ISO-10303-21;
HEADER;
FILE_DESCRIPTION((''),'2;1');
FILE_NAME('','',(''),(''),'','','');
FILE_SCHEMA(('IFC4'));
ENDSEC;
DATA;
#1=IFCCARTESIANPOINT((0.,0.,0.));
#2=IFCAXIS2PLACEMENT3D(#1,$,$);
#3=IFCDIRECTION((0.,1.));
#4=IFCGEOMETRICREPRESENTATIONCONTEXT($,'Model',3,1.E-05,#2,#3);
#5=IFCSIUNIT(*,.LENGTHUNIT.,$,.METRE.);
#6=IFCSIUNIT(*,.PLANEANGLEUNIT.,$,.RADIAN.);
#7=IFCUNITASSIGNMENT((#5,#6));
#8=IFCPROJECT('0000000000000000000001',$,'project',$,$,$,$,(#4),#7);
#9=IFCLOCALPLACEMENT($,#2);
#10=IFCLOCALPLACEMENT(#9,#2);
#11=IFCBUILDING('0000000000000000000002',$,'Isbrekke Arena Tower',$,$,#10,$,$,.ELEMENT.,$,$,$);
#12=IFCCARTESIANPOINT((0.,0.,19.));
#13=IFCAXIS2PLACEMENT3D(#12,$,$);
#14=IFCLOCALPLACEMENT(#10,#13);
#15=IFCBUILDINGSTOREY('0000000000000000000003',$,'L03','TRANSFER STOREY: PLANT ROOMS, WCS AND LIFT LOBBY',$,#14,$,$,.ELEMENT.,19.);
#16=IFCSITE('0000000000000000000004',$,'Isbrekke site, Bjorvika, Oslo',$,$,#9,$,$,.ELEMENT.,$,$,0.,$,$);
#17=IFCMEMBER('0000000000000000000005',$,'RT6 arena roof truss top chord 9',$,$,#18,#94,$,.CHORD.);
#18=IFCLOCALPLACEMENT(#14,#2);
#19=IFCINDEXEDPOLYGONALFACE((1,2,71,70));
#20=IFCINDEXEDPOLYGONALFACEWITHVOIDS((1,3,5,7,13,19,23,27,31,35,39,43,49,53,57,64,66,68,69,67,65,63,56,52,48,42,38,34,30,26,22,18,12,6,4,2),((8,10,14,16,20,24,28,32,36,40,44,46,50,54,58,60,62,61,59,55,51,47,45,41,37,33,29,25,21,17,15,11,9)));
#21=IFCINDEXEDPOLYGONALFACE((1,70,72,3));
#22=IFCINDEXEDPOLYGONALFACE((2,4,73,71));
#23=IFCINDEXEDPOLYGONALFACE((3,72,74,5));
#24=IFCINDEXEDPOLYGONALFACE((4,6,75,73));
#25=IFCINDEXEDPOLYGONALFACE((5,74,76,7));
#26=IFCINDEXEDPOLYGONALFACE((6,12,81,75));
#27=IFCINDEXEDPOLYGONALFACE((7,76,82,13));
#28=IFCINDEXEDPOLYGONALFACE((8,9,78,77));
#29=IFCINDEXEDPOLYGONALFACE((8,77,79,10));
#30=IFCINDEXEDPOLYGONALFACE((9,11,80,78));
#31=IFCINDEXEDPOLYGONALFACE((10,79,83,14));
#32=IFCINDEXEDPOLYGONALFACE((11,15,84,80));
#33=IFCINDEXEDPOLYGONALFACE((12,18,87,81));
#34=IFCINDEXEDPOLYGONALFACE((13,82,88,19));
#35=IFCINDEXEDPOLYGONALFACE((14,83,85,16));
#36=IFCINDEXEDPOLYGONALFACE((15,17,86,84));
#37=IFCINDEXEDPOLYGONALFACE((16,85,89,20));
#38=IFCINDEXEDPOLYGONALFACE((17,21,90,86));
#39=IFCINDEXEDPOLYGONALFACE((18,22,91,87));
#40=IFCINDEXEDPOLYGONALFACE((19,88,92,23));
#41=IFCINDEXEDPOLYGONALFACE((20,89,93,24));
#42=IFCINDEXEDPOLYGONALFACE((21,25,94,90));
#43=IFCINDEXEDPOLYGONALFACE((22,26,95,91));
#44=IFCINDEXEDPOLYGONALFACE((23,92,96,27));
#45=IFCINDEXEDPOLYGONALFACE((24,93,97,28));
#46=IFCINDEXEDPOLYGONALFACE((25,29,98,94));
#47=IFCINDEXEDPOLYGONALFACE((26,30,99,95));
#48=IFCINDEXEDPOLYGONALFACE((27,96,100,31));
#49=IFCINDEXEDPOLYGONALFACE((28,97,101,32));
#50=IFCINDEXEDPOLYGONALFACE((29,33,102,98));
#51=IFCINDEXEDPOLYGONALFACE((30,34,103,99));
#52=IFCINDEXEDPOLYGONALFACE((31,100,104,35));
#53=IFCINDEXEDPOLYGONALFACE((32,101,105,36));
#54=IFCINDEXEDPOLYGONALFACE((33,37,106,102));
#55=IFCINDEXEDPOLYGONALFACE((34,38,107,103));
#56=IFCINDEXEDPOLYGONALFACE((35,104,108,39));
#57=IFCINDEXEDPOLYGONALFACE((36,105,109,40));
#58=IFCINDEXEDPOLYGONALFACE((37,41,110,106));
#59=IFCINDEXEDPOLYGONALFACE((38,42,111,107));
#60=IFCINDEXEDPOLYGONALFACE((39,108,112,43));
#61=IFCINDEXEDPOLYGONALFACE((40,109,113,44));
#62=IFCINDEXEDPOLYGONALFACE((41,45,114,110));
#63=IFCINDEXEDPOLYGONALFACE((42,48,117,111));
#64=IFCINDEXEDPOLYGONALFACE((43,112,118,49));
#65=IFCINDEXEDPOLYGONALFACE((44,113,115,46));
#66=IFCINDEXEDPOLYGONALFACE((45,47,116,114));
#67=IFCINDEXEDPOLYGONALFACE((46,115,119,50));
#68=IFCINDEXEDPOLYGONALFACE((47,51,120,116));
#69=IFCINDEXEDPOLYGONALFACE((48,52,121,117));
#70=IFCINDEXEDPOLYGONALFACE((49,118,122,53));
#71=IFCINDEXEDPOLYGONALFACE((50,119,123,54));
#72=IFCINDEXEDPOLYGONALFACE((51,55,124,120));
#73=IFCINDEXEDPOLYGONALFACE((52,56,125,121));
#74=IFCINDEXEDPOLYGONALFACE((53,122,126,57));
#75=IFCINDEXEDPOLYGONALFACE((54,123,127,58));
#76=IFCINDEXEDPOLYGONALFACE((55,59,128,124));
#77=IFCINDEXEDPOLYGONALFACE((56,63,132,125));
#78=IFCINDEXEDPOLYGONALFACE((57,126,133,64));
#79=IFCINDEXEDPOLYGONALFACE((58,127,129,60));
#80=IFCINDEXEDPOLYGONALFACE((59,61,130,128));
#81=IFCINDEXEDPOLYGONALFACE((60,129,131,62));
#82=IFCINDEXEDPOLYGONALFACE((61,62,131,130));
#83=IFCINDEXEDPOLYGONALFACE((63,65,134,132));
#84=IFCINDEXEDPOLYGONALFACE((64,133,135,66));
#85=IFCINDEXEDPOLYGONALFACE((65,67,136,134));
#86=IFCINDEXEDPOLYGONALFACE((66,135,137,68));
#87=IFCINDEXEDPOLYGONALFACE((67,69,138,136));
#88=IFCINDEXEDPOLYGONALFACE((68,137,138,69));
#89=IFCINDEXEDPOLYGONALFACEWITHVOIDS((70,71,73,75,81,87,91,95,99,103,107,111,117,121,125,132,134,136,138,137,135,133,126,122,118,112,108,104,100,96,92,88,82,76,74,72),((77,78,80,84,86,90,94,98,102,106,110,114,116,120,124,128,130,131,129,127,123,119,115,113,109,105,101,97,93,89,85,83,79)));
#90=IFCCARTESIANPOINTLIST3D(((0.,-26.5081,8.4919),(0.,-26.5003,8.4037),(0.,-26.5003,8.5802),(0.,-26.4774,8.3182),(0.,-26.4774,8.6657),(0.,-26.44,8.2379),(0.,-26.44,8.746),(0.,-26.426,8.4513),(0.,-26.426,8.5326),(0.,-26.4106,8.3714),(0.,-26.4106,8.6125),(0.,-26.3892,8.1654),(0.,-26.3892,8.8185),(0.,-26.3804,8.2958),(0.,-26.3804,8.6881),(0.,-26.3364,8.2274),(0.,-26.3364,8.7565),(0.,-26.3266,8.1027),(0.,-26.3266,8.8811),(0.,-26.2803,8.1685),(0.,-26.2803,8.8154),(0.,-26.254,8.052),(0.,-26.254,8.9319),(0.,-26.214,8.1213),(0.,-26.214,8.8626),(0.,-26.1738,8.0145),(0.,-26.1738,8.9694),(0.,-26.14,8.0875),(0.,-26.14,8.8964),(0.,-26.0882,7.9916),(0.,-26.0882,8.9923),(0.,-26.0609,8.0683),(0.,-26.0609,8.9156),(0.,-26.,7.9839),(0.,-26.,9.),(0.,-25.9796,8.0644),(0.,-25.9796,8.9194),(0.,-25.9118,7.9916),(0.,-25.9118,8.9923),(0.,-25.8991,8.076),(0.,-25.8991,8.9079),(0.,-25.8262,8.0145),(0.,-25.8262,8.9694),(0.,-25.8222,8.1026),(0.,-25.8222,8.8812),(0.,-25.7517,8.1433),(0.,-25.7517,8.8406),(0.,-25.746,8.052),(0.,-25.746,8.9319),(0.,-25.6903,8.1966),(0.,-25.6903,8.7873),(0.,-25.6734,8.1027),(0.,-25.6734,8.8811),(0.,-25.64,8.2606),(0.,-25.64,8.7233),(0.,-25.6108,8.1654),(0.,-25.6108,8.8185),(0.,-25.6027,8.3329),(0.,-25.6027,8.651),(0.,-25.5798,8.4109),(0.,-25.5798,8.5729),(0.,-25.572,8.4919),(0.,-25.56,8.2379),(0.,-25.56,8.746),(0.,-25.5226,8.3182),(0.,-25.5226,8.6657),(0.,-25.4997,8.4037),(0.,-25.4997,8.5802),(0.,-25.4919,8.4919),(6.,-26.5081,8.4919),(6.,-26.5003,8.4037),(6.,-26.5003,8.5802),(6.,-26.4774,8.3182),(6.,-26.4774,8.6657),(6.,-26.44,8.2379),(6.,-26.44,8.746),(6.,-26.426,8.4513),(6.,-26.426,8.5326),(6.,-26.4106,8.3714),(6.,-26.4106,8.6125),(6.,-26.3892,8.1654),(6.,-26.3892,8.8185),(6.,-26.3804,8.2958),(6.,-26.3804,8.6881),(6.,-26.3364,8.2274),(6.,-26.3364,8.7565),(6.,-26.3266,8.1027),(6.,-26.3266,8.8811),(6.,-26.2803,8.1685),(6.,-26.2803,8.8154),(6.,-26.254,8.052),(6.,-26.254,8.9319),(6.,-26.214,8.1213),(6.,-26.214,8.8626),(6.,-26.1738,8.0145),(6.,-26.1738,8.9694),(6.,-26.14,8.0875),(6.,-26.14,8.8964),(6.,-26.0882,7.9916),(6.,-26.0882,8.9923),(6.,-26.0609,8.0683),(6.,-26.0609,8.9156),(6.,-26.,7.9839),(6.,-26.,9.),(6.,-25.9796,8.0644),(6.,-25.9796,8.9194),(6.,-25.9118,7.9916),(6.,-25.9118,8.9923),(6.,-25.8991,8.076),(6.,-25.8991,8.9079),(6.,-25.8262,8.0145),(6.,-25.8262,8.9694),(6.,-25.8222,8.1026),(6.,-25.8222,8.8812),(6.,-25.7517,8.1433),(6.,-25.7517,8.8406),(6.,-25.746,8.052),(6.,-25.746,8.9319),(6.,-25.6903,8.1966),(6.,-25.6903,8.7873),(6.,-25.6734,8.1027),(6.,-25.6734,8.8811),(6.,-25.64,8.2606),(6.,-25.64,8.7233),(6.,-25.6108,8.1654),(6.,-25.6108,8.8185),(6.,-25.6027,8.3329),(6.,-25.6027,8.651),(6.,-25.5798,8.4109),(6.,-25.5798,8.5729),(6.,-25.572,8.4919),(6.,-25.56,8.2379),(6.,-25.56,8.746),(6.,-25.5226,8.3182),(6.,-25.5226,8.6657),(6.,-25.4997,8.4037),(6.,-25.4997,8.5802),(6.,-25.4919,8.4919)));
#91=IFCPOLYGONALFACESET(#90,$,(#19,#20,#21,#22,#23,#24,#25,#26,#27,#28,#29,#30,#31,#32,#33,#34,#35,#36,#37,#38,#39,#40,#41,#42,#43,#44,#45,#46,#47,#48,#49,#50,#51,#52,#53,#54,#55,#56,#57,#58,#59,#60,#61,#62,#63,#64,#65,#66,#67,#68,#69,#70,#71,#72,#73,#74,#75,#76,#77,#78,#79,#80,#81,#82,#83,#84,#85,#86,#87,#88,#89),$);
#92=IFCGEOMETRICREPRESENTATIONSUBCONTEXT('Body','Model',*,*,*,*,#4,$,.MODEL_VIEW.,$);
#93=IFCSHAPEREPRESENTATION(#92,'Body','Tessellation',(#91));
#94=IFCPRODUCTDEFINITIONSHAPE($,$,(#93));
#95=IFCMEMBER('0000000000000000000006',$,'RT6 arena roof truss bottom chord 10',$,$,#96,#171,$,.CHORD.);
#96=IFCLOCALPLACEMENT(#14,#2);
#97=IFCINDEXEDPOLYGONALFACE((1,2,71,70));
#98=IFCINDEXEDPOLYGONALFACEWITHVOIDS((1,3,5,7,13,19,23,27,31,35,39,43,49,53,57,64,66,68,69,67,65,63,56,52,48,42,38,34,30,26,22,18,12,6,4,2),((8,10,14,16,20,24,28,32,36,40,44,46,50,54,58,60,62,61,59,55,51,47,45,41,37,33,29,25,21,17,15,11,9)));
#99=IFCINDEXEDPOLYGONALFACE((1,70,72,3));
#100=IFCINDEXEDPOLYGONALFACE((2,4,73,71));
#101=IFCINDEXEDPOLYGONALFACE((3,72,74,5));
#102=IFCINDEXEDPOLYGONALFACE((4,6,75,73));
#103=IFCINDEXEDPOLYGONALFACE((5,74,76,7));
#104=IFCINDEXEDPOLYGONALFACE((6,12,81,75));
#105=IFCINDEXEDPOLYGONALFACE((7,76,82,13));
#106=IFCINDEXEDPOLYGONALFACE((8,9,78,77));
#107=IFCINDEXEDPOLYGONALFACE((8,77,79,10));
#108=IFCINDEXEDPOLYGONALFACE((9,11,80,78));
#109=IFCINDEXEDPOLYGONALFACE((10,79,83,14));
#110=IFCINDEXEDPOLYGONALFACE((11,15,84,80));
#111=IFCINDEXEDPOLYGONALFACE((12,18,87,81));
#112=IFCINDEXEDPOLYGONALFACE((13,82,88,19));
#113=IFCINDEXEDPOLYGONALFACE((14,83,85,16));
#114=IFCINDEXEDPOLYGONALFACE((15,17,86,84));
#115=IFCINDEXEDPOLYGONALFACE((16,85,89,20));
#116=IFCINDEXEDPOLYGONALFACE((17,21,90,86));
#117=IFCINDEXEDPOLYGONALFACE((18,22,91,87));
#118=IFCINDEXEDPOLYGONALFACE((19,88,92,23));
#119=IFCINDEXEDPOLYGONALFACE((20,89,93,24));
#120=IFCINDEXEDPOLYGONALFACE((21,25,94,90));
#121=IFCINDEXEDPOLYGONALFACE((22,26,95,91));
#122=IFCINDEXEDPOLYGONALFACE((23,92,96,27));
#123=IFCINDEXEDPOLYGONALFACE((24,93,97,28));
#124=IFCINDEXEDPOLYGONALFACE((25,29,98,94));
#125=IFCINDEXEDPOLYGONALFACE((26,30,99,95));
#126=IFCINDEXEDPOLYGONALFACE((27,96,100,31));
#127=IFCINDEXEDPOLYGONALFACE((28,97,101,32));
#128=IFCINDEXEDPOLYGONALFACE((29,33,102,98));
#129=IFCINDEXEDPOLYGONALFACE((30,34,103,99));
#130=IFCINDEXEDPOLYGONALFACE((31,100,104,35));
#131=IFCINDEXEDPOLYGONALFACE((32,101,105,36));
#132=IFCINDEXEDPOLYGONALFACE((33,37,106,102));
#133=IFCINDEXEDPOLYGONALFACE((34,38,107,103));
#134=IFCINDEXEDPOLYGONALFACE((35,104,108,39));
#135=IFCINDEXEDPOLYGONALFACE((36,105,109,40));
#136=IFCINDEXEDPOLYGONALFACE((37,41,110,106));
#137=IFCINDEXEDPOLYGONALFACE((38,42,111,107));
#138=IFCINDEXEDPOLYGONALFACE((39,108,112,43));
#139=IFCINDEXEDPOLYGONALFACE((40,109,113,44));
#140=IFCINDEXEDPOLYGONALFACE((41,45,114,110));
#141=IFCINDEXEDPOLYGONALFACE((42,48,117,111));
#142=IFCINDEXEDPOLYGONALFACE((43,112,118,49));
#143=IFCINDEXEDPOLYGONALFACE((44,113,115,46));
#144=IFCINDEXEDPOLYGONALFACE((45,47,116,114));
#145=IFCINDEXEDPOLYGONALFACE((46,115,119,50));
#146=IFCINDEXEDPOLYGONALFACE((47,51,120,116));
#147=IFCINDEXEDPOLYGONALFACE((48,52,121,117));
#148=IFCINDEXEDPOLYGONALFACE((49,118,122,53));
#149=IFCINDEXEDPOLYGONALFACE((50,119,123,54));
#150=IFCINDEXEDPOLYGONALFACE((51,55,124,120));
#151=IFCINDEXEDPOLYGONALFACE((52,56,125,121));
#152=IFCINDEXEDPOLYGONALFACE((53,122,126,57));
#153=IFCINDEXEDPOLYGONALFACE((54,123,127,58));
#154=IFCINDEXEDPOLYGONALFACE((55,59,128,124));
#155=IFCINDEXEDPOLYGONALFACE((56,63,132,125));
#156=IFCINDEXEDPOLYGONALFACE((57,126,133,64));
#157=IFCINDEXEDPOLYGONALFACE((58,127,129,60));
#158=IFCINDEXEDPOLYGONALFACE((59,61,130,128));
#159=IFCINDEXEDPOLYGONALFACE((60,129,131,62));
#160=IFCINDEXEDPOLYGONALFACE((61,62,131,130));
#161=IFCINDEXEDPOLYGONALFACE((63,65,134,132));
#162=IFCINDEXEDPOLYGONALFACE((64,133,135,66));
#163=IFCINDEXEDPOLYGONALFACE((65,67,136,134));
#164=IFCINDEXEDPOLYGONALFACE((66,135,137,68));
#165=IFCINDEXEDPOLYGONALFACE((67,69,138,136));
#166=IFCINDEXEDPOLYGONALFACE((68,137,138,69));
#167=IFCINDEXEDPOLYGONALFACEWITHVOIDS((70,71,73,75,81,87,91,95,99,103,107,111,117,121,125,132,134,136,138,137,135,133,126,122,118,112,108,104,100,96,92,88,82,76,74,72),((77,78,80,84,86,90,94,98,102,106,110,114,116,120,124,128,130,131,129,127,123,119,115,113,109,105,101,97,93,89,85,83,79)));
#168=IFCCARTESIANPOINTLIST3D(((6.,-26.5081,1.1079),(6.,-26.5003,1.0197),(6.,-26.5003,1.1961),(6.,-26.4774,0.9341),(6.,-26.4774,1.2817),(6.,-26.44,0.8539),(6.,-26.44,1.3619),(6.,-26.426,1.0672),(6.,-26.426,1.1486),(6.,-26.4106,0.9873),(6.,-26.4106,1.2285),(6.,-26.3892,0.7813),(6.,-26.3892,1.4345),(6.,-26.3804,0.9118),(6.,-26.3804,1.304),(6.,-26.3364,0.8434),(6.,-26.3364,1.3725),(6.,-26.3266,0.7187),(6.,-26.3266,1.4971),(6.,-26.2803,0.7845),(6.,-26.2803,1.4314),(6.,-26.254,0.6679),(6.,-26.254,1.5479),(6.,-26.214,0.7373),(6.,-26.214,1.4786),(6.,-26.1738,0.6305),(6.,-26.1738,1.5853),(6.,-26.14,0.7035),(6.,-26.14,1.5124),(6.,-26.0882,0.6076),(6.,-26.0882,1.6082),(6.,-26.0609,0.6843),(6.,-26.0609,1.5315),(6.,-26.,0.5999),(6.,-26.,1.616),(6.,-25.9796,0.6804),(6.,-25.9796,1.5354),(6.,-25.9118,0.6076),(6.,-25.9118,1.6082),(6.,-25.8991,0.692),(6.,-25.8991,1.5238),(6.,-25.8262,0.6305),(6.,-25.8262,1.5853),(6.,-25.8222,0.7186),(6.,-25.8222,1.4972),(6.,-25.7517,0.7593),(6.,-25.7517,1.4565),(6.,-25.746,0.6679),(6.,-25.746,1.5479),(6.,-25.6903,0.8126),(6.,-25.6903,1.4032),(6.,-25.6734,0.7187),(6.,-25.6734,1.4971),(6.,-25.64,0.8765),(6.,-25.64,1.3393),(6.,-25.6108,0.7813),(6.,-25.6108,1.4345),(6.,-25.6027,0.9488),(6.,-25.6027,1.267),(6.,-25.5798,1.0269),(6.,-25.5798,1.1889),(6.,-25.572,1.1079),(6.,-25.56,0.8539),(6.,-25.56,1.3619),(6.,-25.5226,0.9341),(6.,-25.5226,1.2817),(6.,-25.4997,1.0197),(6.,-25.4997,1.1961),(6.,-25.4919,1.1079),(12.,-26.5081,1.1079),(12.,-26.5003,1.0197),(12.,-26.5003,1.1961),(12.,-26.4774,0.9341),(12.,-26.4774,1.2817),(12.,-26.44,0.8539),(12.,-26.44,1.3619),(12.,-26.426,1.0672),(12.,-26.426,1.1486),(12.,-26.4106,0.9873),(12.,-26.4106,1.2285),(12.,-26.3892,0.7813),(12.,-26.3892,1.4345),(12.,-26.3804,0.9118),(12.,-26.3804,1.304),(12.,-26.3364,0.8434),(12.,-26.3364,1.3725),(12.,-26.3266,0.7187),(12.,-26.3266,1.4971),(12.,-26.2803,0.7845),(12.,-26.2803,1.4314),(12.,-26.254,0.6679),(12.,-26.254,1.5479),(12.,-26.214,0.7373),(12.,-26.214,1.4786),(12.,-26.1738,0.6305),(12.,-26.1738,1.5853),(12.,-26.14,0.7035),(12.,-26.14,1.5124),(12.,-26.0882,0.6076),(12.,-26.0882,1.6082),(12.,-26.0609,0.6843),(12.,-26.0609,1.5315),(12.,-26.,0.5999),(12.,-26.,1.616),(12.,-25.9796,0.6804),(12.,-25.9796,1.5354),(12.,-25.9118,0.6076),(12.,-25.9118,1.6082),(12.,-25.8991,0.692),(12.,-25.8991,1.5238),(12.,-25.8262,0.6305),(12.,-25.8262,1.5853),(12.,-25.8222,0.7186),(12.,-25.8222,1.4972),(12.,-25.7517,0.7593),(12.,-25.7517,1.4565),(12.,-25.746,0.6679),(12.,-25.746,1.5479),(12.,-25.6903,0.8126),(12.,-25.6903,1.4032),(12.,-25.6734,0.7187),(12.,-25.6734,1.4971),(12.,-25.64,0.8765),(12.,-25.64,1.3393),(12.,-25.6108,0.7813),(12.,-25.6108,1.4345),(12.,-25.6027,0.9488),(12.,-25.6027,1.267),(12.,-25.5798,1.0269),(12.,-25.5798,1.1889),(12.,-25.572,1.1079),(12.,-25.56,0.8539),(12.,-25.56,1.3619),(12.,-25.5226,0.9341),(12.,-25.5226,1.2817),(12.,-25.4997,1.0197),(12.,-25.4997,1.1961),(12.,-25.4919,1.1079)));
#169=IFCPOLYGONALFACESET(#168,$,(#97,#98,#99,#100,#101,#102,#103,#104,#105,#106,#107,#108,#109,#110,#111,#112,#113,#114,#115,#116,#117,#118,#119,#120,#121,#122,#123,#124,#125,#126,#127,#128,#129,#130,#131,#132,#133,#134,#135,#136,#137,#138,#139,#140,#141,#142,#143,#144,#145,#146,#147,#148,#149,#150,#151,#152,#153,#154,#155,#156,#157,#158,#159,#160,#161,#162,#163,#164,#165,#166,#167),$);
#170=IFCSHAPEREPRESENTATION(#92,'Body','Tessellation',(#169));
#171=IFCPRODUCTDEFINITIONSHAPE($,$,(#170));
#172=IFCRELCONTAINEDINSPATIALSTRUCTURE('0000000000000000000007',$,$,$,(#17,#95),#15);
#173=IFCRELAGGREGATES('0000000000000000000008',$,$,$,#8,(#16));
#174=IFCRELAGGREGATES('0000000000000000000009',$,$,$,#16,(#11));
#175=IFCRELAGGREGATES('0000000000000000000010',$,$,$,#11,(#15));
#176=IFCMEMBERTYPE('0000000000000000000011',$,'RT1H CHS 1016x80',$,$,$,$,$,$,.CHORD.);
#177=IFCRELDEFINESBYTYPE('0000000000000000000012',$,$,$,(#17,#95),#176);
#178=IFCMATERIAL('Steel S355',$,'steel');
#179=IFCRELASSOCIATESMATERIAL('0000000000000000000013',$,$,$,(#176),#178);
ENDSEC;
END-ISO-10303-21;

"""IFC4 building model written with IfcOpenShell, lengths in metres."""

from ifc_helpers import new_model, si_unit, direction, frame, origin, origin_2d, place, context, subcontext, project, spatial, hollow_circle, extrude, material, material_profile, profile_set, type_object, element, save


model = new_model("IFC4")

# Units and contexts
model_context = context("Model", 3, precision=1e-05, world=origin(), true_north=direction((0.0, 1.0)))
body_context = subcontext(model_context, "Body", "Model", "MODEL_VIEW")
ifc_project = project(units=[si_unit("LENGTHUNIT", "METRE"), si_unit("PLANEANGLEUNIT", "RADIAN")], contexts=[model_context])

# Site, building, storey
site_placement = place(None, origin())
site = spatial("IfcSite", under=ifc_project, at=site_placement, Name="Isbrekke site, Bjorvika, Oslo", CompositionType="ELEMENT", RefElevation=0.0)
building_placement = place(site_placement, origin())
building = spatial("IfcBuilding", under=site, at=building_placement, Name="Isbrekke Arena Tower", CompositionType="ELEMENT")
storey_placement = place(building_placement, frame((0.0, 0.0, 19.0)))
storey = spatial("IfcBuildingStorey", under=building, at=storey_placement, Name="L03", Description="TRANSFER STOREY: PLANT ROOMS, WCS AND LIFT LOBBY", CompositionType="ELEMENT", Elevation=19.0)

# Members
ifc_material_1 = material(Name="Steel S355", Category="steel")
ifc_material_profile_1 = material_profile(ifc_material_1, hollow_circle(Radius=0.5081, WallThickness=0.0801, at=origin_2d()), Name="CHS 1016x80")
ifc_profile_set_1 = profile_set([ifc_material_profile_1], Name="Steel S355")
member_type_1 = type_object("IfcMemberType", Name="RT1H CHS 1016x80", PredefinedType="CHORD", material=ifc_profile_set_1)
for number, where, z_axis, x_axis, name in (
    (1, (0.0, -26.0, 8.4919), (1.0, 0.0, 0.0), (0.0, 1.0, 0.0), "RT6 arena roof truss top chord 9"),
    (2, (6.0, -26.0, 1.1079), (1.0, 0.0, 0.0), (0.0, 1.0, 0.0), "RT6 arena roof truss bottom chord 10"),
):
    element("IfcMember", number, at=place(storey_placement, frame(where, z_axis=z_axis, x_axis=x_axis)), inside=storey, type_object=member_type_1, Name=name, PredefinedType="CHORD", context=body_context, shape_type="SweptSolid", body=[
        extrude(hollow_circle(Radius=0.5081, WallThickness=0.0801, at=origin_2d()), origin(), (0.0, 0.0, 1.0), 6.0),
    ])

save(model, "model.ifc")
